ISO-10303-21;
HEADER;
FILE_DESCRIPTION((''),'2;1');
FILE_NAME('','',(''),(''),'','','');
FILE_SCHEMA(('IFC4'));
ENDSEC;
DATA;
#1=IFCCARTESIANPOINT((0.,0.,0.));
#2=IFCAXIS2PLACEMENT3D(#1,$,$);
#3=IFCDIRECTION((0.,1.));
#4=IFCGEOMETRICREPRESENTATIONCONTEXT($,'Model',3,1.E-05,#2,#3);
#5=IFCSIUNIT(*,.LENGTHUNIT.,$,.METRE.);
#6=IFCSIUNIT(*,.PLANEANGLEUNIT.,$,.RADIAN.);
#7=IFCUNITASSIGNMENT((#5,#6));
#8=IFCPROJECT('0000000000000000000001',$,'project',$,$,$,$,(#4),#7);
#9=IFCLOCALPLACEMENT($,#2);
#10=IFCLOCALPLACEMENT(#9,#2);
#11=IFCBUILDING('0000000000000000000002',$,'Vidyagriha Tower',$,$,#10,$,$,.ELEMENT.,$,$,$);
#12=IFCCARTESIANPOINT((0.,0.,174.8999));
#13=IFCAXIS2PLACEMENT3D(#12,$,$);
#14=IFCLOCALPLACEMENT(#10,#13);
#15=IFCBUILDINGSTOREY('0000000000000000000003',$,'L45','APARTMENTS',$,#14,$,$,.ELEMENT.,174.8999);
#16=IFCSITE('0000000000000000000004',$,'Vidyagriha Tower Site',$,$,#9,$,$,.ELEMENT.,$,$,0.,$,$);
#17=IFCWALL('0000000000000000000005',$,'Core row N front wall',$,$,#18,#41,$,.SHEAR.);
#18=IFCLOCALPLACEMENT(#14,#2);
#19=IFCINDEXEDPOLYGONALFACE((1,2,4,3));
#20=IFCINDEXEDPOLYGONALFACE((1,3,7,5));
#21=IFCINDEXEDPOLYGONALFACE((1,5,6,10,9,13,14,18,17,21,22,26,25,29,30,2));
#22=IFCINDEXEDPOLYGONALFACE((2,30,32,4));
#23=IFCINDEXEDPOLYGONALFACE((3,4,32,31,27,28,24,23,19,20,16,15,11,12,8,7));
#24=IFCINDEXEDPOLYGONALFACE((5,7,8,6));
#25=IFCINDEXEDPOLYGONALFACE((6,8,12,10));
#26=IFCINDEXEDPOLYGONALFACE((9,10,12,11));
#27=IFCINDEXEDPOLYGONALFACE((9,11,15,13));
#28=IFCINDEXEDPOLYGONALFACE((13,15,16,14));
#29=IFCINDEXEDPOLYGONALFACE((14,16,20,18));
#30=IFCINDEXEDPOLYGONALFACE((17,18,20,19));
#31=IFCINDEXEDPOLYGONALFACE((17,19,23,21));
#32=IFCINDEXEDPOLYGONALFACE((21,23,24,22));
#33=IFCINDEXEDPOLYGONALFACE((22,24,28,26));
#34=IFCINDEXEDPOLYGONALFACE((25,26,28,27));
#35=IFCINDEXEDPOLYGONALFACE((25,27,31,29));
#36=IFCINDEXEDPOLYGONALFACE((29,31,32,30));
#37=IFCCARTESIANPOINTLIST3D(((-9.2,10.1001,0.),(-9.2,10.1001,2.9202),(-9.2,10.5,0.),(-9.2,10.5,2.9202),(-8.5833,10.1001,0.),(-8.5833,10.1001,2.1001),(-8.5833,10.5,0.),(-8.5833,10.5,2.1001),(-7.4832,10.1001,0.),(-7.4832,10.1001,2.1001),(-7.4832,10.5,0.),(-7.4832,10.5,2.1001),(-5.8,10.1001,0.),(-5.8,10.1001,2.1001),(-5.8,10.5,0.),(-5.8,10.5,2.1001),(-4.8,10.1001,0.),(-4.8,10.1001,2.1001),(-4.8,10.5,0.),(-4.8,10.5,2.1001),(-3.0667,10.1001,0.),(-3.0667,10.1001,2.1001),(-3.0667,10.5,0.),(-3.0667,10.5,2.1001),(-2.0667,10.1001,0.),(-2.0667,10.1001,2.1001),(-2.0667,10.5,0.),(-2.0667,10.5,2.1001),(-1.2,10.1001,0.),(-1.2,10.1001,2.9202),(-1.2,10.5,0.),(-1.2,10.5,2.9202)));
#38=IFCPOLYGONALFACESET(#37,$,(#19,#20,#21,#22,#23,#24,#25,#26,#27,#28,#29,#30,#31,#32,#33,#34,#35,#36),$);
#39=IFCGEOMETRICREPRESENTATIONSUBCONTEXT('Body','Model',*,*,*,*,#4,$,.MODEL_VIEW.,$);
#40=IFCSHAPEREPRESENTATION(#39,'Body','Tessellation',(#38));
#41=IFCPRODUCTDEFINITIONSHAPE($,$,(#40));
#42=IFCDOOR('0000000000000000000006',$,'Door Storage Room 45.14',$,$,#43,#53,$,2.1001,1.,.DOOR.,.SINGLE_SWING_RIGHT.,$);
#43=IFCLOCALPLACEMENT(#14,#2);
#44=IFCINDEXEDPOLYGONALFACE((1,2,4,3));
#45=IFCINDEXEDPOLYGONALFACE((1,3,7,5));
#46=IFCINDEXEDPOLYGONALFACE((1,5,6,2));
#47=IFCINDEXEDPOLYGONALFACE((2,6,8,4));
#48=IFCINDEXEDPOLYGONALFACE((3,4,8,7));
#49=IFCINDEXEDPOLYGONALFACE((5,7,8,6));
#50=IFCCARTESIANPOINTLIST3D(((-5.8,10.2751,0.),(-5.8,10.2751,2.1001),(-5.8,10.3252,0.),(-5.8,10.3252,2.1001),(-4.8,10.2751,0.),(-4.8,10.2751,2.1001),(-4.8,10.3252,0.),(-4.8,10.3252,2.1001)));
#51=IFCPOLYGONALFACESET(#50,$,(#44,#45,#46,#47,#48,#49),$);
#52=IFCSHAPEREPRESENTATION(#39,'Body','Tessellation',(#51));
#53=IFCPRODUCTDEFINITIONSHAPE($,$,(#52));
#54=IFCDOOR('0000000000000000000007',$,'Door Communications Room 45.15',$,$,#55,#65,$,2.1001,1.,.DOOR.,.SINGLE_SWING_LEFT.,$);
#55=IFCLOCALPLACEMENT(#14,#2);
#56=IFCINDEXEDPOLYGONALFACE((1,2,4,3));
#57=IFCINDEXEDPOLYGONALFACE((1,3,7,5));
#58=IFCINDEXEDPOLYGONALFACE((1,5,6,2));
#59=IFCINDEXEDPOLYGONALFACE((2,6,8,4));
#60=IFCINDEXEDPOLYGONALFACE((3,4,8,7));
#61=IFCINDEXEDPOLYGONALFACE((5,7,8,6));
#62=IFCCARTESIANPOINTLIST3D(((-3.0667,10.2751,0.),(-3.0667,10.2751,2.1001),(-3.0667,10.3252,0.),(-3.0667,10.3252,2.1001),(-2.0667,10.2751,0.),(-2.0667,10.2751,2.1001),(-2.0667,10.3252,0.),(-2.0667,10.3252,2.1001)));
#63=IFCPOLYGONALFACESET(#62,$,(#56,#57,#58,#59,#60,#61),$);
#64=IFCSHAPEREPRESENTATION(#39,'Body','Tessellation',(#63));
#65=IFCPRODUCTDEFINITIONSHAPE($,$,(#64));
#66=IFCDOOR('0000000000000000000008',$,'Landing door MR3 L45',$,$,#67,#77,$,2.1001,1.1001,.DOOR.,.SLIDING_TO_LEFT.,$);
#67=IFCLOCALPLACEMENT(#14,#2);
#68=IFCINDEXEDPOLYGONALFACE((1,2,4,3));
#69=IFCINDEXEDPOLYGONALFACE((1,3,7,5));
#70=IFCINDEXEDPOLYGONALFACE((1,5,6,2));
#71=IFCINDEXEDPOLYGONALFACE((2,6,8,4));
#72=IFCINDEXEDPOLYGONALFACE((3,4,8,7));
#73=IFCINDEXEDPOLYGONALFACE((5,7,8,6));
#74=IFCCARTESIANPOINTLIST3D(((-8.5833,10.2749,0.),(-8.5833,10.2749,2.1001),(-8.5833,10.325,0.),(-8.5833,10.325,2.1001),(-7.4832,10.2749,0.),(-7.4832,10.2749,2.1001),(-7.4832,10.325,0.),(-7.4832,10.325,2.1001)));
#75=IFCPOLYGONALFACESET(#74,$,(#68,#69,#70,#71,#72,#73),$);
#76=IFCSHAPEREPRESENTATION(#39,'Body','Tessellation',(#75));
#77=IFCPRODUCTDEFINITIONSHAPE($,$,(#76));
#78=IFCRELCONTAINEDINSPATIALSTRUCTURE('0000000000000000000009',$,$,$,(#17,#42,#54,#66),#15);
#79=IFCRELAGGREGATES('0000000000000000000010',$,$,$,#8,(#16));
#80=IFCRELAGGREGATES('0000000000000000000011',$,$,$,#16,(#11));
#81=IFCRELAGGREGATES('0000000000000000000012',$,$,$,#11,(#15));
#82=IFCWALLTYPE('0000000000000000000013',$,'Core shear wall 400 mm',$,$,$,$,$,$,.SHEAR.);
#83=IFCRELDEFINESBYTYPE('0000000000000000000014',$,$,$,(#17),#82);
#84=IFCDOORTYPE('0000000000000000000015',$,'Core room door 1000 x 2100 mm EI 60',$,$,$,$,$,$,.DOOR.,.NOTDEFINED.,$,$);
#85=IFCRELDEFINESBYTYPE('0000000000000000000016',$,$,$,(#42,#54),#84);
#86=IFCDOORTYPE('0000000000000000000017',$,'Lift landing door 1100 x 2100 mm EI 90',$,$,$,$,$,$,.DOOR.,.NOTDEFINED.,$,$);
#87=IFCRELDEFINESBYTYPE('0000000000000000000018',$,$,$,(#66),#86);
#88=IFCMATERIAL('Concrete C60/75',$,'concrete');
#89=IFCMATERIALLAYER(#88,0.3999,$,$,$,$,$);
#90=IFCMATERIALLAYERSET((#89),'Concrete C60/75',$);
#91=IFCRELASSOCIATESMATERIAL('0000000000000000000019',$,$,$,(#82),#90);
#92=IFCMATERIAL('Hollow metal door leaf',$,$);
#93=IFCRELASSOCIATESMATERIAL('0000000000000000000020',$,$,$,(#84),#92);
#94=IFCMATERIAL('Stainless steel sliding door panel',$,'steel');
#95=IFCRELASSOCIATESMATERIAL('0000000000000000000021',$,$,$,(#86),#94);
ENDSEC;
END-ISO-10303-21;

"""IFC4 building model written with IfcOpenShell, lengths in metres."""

from ifc_helpers import new_model, si_unit, direction, frame, frame_2d, origin, place, context, subcontext, project, spatial, rectangle, extrude, material, layer, layer_set, type_object, element, fill, save


model = new_model("IFC4")

# Units and contexts
model_context = context("Model", 3, precision=1e-05, world=origin(), true_north=direction((0.0, 1.0)))
body_context = subcontext(model_context, "Body", "Model", "MODEL_VIEW")
ifc_project = project(units=[si_unit("LENGTHUNIT", "METRE"), si_unit("PLANEANGLEUNIT", "RADIAN")], contexts=[model_context])

# Site, building, storey
site_placement = place(None, origin())
site = spatial("IfcSite", under=ifc_project, at=site_placement, Name="Vidyagriha Tower Site", CompositionType="ELEMENT", RefElevation=0.0)
building_placement = place(site_placement, origin())
building = spatial("IfcBuilding", under=site, at=building_placement, Name="Vidyagriha Tower", CompositionType="ELEMENT")
storey_placement = place(building_placement, frame((0.0, 0.0, 174.8999)))
storey = spatial("IfcBuildingStorey", under=building, at=storey_placement, Name="L45", Description="APARTMENTS", CompositionType="ELEMENT", Elevation=174.8999)

# Shared definitions
ifc_material_1 = material(Name="Concrete C60/75", Category="concrete")
ifc_layer_1 = layer(ifc_material_1, 0.3999)
ifc_layer_set_1 = layer_set([ifc_layer_1], Name="Concrete C60/75")
wall_type = type_object("IfcWallType", Name="Core shear wall 400 mm", PredefinedType="SHEAR", material=ifc_layer_set_1)
ifc_material_2 = material(Name="Hollow metal door leaf")
door_type_1 = type_object("IfcDoorType", Name="Core room door 1000 x 2100 mm EI 60", OperationType="NOTDEFINED", PredefinedType="DOOR", material=ifc_material_2)
ifc_material_3 = material(Name="Stainless steel sliding door panel", Category="steel")
door_type_2 = type_object("IfcDoorType", Name="Lift landing door 1100 x 2100 mm EI 90", OperationType="NOTDEFINED", PredefinedType="DOOR", material=ifc_material_3)

# Wall, openings, doors
wall_1_placement = place(storey_placement, frame((-9.2, 10.3, 0.0)))
wall_1 = element("IfcWall", 1, at=wall_1_placement, inside=storey, type_object=wall_type, Name="Core row N front wall", PredefinedType="SHEAR", context=body_context, shape_type="SweptSolid", body=[
    extrude(rectangle(XDim=8.0, YDim=0.3999, at=frame_2d((4.0, 0.0))), origin(), (0.0, 0.0, 1.0), 2.9202),
])
opening_1_placement = place(wall_1_placement, frame((0.6167, 0.0, 0.0)))
opening_1 = element("IfcOpeningElement", 2, at=opening_1_placement, cuts=wall_1, PredefinedType="OPENING", context=body_context, shape_type="SweptSolid", body=[
    extrude(rectangle(XDim=1.1001, YDim=2.1001, at=frame_2d((0.55, 1.05))), frame((0.0, 0.21, 0.0), z_axis=(0.0, -1.0, 0.0), x_axis=(1.0, 0.0, 0.0)), (0.0, 0.0, 1.0), 0.4199),
])
opening_2_placement = place(wall_1_placement, frame((3.3999, 0.0, 0.0)))
opening_2 = element("IfcOpeningElement", 3, at=opening_2_placement, cuts=wall_1, PredefinedType="OPENING", context=body_context, shape_type="SweptSolid", body=[
    extrude(rectangle(XDim=1.0, YDim=2.1001, at=frame_2d((0.5, 1.05))), frame((0.0, 0.21, 0.0), z_axis=(0.0, -1.0, 0.0), x_axis=(1.0, 0.0, 0.0)), (0.0, 0.0, 1.0), 0.4199),
])
opening_3_placement = place(wall_1_placement, frame((6.1333, 0.0, 0.0)))
opening_3 = element("IfcOpeningElement", 4, at=opening_3_placement, cuts=wall_1, PredefinedType="OPENING", context=body_context, shape_type="SweptSolid", body=[
    extrude(rectangle(XDim=1.0, YDim=2.1001, at=frame_2d((0.5, 1.05))), frame((0.0, 0.21, 0.0), z_axis=(0.0, -1.0, 0.0), x_axis=(1.0, 0.0, 0.0)), (0.0, 0.0, 1.0), 0.4199),
])
door_1_placement = place(opening_2_placement, frame((1.0, 0.0, 0.0), z_axis=(0.0, 0.0, 1.0), x_axis=(-1.0, 0.0, 0.0)))
door_1 = element("IfcDoor", 5, at=door_1_placement, inside=storey, type_object=door_type_1, Name="Door Storage Room 45.14", OperationType="SINGLE_SWING_RIGHT", OverallHeight=2.1001, OverallWidth=1.0, PredefinedType="DOOR", context=body_context, shape_type="SweptSolid", body=[
    extrude(rectangle(XDim=1.0, YDim=2.1001, at=frame_2d((0.5, 1.05))), frame((0.0, 0.0249, 0.0), z_axis=(0.0, -1.0, 0.0), x_axis=(1.0, 0.0, 0.0)), (0.0, 0.0, 1.0), 0.05),
])
fill(opening_2, door_1)
door_2_placement = place(opening_3_placement, frame((1.0, 0.0, 0.0), z_axis=(0.0, 0.0, 1.0), x_axis=(-1.0, 0.0, 0.0)))
door_2 = element("IfcDoor", 6, at=door_2_placement, inside=storey, type_object=door_type_1, Name="Door Communications Room 45.15", OperationType="SINGLE_SWING_LEFT", OverallHeight=2.1001, OverallWidth=1.0, PredefinedType="DOOR", context=body_context, shape_type="SweptSolid", body=[
    extrude(rectangle(XDim=1.0, YDim=2.1001, at=frame_2d((0.5, 1.05))), frame((0.0, 0.0249, 0.0), z_axis=(0.0, -1.0, 0.0), x_axis=(1.0, 0.0, 0.0)), (0.0, 0.0, 1.0), 0.05),
])
fill(opening_3, door_2)
door_3_placement = place(opening_1_placement, origin())
door_3 = element("IfcDoor", 7, at=door_3_placement, inside=storey, type_object=door_type_2, Name="Landing door MR3 L45", OperationType="SLIDING_TO_LEFT", OverallHeight=2.1001, OverallWidth=1.1001, PredefinedType="DOOR", context=body_context, shape_type="SweptSolid", body=[
    extrude(rectangle(XDim=1.1001, YDim=2.1001, at=frame_2d((0.55, 1.05))), frame((0.0, 0.0249, 0.0), z_axis=(0.0, -1.0, 0.0), x_axis=(1.0, 0.0, 0.0)), (0.0, 0.0, 1.0), 0.05),
])
fill(opening_1, door_3)

save(model, "model.ifc")
